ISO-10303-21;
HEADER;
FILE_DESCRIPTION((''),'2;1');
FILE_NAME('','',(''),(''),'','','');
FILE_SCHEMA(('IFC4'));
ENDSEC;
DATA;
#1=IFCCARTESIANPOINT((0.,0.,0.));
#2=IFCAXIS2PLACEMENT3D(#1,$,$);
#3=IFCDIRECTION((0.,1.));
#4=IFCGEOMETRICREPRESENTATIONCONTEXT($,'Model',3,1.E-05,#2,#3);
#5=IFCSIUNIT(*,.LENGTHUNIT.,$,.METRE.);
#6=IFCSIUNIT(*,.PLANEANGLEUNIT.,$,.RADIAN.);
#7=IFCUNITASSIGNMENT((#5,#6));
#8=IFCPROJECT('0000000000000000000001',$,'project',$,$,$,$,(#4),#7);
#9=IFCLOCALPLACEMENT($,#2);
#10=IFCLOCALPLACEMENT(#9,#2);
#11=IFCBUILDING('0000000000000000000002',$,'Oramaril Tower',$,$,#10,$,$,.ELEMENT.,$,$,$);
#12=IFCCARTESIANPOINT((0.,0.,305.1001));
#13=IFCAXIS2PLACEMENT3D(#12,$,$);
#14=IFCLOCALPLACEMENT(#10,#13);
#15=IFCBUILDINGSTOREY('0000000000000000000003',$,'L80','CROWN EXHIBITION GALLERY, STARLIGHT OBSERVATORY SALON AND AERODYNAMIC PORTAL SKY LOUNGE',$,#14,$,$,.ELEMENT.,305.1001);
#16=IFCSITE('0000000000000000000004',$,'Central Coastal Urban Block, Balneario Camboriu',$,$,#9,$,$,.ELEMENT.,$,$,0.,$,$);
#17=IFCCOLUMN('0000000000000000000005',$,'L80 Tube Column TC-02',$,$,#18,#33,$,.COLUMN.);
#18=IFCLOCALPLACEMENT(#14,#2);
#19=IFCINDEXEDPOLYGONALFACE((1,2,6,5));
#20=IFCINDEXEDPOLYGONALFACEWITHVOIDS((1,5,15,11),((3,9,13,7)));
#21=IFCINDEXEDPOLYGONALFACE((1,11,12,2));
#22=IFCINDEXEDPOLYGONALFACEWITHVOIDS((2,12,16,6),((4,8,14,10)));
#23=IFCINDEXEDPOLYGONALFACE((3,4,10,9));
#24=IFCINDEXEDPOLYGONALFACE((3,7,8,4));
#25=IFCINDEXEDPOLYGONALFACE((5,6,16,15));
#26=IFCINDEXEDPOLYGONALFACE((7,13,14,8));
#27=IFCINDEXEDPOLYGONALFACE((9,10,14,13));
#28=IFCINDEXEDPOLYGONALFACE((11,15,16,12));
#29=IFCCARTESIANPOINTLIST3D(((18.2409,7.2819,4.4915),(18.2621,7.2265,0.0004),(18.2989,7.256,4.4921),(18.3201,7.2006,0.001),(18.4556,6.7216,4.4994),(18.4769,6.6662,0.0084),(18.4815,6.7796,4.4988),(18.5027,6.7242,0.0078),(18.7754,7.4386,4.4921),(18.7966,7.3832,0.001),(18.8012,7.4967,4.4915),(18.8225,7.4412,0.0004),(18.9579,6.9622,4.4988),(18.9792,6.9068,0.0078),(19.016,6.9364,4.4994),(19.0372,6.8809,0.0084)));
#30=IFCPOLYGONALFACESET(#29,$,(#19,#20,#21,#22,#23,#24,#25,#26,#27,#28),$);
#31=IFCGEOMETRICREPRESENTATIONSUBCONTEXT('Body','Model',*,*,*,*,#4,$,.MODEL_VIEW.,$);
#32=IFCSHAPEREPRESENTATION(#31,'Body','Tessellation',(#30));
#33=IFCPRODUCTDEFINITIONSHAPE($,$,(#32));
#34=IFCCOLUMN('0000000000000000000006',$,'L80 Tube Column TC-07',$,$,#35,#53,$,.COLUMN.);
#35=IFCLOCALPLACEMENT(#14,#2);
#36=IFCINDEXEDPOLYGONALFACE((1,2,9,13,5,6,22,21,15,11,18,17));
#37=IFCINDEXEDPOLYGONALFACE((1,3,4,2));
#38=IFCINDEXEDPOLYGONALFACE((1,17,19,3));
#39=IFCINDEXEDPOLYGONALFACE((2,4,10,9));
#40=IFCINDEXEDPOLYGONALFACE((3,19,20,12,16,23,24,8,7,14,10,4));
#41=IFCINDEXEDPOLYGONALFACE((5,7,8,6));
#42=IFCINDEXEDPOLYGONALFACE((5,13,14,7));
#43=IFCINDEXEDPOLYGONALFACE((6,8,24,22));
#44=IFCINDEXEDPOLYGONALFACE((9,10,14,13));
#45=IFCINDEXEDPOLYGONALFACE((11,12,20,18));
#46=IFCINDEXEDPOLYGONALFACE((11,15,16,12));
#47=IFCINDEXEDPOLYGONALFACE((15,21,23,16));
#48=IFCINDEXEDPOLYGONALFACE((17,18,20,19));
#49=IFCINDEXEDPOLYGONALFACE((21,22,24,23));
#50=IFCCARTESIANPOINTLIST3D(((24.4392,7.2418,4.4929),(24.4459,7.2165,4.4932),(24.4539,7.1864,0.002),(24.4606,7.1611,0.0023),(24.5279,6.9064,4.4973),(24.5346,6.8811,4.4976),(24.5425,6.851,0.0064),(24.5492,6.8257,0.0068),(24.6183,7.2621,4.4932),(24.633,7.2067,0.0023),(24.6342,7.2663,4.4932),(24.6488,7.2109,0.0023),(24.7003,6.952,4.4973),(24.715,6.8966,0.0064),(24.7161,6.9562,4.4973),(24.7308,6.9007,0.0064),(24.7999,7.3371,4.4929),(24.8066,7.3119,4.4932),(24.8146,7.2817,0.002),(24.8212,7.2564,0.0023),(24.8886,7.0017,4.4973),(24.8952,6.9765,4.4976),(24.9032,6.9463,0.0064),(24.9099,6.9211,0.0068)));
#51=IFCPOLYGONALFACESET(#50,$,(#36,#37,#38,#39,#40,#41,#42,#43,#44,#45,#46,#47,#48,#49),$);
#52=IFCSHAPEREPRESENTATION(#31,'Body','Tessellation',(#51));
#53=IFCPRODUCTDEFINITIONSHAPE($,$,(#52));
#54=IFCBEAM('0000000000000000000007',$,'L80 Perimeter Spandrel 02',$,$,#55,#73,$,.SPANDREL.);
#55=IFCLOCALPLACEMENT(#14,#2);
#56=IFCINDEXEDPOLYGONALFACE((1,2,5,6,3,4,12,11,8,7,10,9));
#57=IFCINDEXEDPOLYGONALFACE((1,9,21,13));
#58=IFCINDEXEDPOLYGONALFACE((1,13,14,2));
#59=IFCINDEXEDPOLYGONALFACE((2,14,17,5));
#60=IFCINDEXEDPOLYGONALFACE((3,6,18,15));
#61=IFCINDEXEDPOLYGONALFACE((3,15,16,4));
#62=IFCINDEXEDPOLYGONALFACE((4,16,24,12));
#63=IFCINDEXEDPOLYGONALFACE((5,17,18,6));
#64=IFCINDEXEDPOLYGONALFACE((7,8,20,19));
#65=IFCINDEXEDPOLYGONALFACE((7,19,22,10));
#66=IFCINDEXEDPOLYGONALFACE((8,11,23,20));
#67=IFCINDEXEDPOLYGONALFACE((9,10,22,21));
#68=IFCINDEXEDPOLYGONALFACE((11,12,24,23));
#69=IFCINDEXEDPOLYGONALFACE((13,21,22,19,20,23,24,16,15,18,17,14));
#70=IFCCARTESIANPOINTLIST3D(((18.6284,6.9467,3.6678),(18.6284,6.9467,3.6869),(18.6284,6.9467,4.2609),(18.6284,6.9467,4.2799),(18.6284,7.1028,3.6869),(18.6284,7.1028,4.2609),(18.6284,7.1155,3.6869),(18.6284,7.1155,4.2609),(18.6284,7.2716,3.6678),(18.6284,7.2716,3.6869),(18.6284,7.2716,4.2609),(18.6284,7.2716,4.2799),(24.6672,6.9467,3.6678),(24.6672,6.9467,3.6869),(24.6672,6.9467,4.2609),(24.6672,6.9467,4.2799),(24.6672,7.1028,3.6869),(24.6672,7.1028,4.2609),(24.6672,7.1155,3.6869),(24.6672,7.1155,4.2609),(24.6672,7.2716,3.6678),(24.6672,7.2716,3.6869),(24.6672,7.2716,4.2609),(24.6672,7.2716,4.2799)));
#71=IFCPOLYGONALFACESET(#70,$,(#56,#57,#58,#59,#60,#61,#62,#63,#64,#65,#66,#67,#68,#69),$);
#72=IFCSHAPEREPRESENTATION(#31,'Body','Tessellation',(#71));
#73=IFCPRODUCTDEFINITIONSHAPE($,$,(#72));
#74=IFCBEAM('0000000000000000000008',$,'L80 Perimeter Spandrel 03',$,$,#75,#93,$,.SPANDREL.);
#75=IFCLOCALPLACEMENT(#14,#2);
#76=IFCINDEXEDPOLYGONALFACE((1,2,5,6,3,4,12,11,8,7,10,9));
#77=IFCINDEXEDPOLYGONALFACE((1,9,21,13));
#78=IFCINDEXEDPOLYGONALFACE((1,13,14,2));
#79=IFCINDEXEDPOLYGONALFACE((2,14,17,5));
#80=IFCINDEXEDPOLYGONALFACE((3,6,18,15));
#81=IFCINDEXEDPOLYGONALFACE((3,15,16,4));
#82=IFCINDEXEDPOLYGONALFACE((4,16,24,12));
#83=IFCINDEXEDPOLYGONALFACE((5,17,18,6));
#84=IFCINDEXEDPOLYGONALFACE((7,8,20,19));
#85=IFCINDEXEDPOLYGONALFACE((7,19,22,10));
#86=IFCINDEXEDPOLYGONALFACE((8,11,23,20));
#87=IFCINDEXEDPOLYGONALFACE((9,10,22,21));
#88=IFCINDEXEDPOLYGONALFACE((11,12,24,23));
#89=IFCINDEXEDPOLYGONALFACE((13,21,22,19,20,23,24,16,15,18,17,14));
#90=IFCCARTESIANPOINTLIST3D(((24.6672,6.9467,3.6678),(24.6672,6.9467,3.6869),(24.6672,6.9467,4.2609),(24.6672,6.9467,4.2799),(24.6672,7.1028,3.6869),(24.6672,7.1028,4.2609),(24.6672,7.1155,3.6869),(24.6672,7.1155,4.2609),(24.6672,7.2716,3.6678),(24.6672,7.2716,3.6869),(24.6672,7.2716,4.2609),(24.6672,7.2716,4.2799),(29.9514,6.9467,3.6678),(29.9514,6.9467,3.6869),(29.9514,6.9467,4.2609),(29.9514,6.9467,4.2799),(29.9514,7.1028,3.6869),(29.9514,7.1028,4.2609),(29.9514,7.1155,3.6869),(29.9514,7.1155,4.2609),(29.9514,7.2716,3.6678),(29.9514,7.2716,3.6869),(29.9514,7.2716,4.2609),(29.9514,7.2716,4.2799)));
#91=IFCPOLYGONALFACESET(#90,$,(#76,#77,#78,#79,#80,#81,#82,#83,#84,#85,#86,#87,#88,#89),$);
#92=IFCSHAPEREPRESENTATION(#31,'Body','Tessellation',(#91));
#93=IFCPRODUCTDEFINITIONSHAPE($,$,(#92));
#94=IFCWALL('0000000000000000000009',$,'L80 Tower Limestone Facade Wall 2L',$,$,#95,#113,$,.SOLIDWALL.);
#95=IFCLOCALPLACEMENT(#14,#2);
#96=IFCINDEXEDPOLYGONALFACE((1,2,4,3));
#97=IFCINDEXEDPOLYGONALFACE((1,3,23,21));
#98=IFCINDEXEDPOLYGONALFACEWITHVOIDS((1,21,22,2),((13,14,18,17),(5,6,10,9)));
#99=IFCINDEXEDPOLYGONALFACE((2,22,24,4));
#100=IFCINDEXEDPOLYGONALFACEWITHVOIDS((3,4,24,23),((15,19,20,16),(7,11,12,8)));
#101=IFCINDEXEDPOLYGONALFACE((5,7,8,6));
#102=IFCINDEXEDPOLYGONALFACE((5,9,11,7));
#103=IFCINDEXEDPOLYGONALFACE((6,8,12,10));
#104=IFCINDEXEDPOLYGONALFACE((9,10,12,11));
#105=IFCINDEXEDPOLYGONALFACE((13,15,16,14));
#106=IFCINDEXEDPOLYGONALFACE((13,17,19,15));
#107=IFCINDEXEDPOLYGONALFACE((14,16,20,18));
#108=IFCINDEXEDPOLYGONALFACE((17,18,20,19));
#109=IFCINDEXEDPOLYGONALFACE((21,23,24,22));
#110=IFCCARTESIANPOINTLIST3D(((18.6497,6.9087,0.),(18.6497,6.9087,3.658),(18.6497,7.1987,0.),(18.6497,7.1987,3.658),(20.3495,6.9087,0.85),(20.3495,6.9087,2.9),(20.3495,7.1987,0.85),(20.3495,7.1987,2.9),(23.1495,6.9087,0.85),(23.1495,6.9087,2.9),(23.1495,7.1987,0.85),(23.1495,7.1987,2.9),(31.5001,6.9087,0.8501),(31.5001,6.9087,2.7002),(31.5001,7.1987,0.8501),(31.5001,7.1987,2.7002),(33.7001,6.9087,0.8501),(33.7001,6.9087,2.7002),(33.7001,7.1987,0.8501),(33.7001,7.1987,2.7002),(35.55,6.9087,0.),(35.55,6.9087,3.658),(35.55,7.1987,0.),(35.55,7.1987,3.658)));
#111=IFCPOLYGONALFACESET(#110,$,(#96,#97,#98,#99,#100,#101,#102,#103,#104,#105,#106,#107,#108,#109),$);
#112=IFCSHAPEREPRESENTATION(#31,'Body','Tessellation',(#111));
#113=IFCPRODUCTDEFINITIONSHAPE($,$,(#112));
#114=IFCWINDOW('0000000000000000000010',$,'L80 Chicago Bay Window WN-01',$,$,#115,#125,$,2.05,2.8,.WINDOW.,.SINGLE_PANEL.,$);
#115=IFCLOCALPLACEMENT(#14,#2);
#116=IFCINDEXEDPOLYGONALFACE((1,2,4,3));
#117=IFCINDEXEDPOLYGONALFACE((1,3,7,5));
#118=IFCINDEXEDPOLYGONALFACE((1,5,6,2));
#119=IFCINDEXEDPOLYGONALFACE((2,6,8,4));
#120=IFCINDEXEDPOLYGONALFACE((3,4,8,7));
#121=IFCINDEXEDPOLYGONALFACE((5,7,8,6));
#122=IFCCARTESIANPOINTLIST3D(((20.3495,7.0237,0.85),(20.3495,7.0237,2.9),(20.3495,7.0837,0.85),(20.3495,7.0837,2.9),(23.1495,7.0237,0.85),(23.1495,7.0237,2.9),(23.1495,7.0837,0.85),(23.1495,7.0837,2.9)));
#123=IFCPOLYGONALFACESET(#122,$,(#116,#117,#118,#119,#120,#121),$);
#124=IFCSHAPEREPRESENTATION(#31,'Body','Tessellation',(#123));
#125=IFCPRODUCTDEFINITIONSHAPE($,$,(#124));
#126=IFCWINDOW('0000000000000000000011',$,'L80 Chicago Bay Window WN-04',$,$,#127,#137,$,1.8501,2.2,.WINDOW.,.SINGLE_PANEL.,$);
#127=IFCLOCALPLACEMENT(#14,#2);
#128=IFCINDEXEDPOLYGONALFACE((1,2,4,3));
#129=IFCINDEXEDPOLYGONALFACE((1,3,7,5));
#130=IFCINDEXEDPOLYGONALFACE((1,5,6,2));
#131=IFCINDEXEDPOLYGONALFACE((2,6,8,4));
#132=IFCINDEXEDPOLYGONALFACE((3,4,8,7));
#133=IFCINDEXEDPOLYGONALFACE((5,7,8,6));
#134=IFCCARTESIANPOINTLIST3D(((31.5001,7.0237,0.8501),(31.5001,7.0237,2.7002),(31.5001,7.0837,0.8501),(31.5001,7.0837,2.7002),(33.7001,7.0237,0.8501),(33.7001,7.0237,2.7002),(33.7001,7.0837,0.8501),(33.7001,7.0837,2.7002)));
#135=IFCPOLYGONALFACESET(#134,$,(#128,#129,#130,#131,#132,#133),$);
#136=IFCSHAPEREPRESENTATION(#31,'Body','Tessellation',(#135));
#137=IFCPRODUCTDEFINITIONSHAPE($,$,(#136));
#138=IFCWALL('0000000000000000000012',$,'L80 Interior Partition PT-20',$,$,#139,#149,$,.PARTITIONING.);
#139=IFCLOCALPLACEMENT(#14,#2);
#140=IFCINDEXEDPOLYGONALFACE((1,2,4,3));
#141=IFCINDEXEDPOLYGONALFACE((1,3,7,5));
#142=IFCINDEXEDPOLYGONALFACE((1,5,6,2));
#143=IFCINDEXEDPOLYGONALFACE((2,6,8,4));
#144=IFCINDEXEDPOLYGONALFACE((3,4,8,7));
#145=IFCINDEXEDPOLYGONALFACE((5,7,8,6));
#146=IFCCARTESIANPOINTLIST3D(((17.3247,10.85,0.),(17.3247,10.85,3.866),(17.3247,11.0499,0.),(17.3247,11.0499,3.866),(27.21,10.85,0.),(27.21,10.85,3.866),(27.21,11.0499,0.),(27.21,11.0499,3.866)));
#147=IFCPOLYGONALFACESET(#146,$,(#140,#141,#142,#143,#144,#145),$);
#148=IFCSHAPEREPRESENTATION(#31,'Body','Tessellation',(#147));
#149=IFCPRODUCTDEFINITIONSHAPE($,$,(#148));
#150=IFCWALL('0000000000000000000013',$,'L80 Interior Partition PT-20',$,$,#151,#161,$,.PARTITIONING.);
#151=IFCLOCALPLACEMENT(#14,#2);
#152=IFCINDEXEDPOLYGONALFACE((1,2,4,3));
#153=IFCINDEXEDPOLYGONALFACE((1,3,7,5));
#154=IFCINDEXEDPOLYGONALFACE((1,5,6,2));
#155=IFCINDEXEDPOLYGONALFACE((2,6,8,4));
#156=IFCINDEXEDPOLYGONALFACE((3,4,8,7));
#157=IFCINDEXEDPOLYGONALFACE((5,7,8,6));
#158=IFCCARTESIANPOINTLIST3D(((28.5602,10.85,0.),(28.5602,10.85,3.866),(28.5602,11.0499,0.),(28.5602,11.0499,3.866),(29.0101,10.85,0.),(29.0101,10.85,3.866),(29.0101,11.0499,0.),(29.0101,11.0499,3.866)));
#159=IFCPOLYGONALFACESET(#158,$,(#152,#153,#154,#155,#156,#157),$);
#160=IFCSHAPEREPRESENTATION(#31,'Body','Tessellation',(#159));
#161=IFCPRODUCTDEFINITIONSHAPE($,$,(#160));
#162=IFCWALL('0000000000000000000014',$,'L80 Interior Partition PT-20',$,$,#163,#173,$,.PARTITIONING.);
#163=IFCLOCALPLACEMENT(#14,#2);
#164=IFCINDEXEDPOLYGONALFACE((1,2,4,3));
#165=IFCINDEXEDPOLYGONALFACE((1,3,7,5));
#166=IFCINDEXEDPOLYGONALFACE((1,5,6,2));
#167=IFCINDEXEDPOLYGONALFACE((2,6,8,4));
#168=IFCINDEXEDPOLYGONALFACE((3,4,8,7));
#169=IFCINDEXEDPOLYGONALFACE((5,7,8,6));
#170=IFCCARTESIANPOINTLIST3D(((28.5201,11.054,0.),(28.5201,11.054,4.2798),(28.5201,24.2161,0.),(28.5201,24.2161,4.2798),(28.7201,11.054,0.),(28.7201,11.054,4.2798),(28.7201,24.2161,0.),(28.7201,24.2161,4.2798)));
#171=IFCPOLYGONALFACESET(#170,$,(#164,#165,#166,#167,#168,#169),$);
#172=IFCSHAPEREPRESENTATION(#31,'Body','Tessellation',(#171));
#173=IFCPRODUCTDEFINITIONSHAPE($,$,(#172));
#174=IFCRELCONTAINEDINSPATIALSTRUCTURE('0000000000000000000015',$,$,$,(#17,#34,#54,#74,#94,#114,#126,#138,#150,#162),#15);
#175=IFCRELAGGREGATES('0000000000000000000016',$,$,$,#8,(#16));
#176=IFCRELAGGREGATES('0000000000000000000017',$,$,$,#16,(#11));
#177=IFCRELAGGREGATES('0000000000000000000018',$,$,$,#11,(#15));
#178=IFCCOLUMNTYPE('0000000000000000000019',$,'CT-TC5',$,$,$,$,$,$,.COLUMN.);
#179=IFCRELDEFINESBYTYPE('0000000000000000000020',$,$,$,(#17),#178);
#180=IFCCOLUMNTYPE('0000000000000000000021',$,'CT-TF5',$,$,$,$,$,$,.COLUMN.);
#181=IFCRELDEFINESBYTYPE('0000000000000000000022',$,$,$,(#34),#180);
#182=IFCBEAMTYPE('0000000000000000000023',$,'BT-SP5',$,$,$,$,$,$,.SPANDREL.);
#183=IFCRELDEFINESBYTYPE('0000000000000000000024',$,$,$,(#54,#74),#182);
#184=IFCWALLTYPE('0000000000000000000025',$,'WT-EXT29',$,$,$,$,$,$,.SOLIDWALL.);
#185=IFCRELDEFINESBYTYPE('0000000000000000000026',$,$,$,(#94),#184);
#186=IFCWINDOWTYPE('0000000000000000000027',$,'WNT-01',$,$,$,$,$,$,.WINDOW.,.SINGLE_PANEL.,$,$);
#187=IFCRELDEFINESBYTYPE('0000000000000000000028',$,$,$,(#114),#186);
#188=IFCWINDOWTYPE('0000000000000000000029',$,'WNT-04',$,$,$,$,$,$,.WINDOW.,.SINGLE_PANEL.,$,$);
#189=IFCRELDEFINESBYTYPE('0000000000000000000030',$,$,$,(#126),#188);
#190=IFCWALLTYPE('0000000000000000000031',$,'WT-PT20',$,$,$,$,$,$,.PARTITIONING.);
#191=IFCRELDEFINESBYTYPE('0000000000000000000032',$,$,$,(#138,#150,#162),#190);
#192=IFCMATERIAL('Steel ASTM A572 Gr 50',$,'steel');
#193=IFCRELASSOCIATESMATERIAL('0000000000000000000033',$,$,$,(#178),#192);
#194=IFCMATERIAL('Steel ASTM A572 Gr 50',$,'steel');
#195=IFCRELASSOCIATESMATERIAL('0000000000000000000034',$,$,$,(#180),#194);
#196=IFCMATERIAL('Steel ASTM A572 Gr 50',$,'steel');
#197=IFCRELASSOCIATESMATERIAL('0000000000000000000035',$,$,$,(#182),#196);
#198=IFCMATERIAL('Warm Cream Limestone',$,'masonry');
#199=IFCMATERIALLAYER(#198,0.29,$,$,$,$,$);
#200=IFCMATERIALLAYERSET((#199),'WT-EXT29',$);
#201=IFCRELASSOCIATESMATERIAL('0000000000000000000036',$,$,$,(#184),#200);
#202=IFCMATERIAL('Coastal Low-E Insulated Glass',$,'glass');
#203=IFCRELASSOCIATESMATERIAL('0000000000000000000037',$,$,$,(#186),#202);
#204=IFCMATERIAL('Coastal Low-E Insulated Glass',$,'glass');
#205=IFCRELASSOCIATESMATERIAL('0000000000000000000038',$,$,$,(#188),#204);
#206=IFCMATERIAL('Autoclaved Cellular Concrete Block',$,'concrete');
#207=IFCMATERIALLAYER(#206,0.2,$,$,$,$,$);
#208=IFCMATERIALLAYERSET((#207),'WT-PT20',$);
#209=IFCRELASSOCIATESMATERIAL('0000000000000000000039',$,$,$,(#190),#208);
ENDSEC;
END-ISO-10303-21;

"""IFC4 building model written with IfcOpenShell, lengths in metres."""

from ifc_helpers import new_model, si_unit, direction, frame, frame_2d, origin, origin_2d, place, context, subcontext, project, spatial, rectangle, hollow_rectangle, i_section, extrude, material, layer, layer_set, material_profile, profile_set, type_object, element, fill, save


model = new_model("IFC4")

# Units and contexts
model_context = context("Model", 3, precision=1e-05, world=origin(), true_north=direction((0.0, 1.0)))
body_context = subcontext(model_context, "Body", "Model", "MODEL_VIEW")
ifc_project = project(units=[si_unit("LENGTHUNIT", "METRE"), si_unit("PLANEANGLEUNIT", "RADIAN")], contexts=[model_context])

# Site, building, storey
site_placement = place(None, origin())
site = spatial("IfcSite", under=ifc_project, at=site_placement, Name="Central Coastal Urban Block, Balneario Camboriu", CompositionType="ELEMENT", RefElevation=0.0)
building_placement = place(site_placement, origin())
building = spatial("IfcBuilding", under=site, at=building_placement, Name="Oramaril Tower", CompositionType="ELEMENT")
storey_placement = place(building_placement, frame((0.0, 0.0, 305.1001)))
storey = spatial("IfcBuildingStorey", under=building, at=storey_placement, Name="L80", Description="CROWN EXHIBITION GALLERY, STARLIGHT OBSERVATORY SALON AND AERODYNAMIC PORTAL SKY LOUNGE", CompositionType="ELEMENT", Elevation=305.1001)

# Columns
ifc_material_1 = material(Name="Steel ASTM A572 Gr 50", Category="steel")
ifc_material_profile_1 = material_profile(ifc_material_1, hollow_rectangle(XDim=0.6001, YDim=0.6001, WallThickness=0.0449, at=origin_2d()), Name="BOX600X600X45")
ifc_profile_set_1 = profile_set([ifc_material_profile_1], Name="Steel ASTM A572 Gr 50")
column_type_1 = type_object("IfcColumnType", Name="CT-TC5", PredefinedType="COLUMN", material=ifc_profile_set_1)
column_1_placement = place(storey_placement, frame((18.6497, 7.0537, 0.0044), z_axis=(-0.004729, 0.012339, 0.999913), x_axis=(-0.933769, -0.357876, 0.0)))
element("IfcColumn", 1, at=column_1_placement, inside=storey, type_object=column_type_1, Name="L80 Tube Column TC-02", PredefinedType="COLUMN", context=body_context, shape_type="SweptSolid", body=[
    extrude(hollow_rectangle(XDim=0.6001, YDim=0.6001, WallThickness=0.0449, at=origin_2d()), origin(), (0.0, 0.0, 1.0), 4.4915),
])
ifc_material_2 = material(Name="Steel ASTM A572 Gr 50", Category="steel")
ifc_material_profile_2 = material_profile(ifc_material_2, i_section(OverallWidth=0.373, OverallDepth=0.373, WebThickness=0.0164, FlangeThickness=0.0261, at=origin_2d()), Name="W14X132")
ifc_profile_set_2 = profile_set([ifc_material_profile_2], Name="Steel ASTM A572 Gr 50")
column_type_2 = type_object("IfcColumnType", Name="CT-TF5", PredefinedType="COLUMN", material=ifc_profile_set_2)
column_2_placement = place(storey_placement, frame((24.6819, 7.0537, 0.0044), z_axis=(-0.003261, 0.012339, 0.999919), x_axis=(-0.966798, -0.255541, 0.0)))
element("IfcColumn", 2, at=column_2_placement, inside=storey, type_object=column_type_2, Name="L80 Tube Column TC-07", PredefinedType="COLUMN", context=body_context, shape_type="SweptSolid", body=[
    extrude(i_section(OverallWidth=0.373, OverallDepth=0.373, WebThickness=0.0164, FlangeThickness=0.0261, at=origin_2d()), origin(), (0.0, 0.0, 1.0), 4.4912),
])

# Beams
ifc_material_3 = material(Name="Steel ASTM A572 Gr 50", Category="steel")
ifc_material_profile_3 = material_profile(ifc_material_3, i_section(OverallWidth=0.325, OverallDepth=0.6121, WebThickness=0.0127, FlangeThickness=0.019, at=origin_2d()), Name="W24X104")
ifc_profile_set_3 = profile_set([ifc_material_profile_3], Name="Steel ASTM A572 Gr 50")
beam_type = type_object("IfcBeamType", Name="BT-SP5", PredefinedType="SPANDREL", material=ifc_profile_set_3)
beam_1_placement = place(storey_placement, frame((18.6284, 7.1091, 3.9739), z_axis=(1.0, 0.0, 0.0), x_axis=(0.0, 1.0, 0.0)))
element("IfcBeam", 3, at=beam_1_placement, inside=storey, type_object=beam_type, Name="L80 Perimeter Spandrel 02", PredefinedType="SPANDREL", context=body_context, shape_type="SweptSolid", body=[
    extrude(i_section(OverallWidth=0.325, OverallDepth=0.6121, WebThickness=0.0127, FlangeThickness=0.019, at=origin_2d()), origin(), (0.0, 0.0, 1.0), 6.0388),
])
beam_2_placement = place(storey_placement, frame((24.6672, 7.1091, 3.9739), z_axis=(1.0, 0.0, 0.0), x_axis=(0.0, 1.0, 0.0)))
element("IfcBeam", 4, at=beam_2_placement, inside=storey, type_object=beam_type, Name="L80 Perimeter Spandrel 03", PredefinedType="SPANDREL", context=body_context, shape_type="SweptSolid", body=[
    extrude(i_section(OverallWidth=0.325, OverallDepth=0.6121, WebThickness=0.0127, FlangeThickness=0.019, at=origin_2d()), origin(), (0.0, 0.0, 1.0), 5.2842),
])

# Wall, openings, windows
ifc_material_4 = material(Name="Warm Cream Limestone", Category="masonry")
ifc_layer_1 = layer(ifc_material_4, 0.29)
ifc_layer_set_1 = layer_set([ifc_layer_1], Name="WT-EXT29")
wall_type_1 = type_object("IfcWallType", Name="WT-EXT29", PredefinedType="SOLIDWALL", material=ifc_layer_set_1)
wall_1_placement = place(storey_placement, frame((18.6497, 7.0537, 0.0), z_axis=(0.0, 0.0, 1.0), x_axis=(1.0, 0.0, 0.0)))
wall_1 = element("IfcWall", 5, at=wall_1_placement, inside=storey, type_object=wall_type_1, Name="L80 Tower Limestone Facade Wall 2L", PredefinedType="SOLIDWALL", context=body_context, shape_type="SweptSolid", body=[
    extrude(rectangle(XDim=16.9004, YDim=0.29, at=frame_2d((8.4502, 0.0))), origin(), (0.0, 0.0, 1.0), 3.658),
])
opening_1_placement = place(wall_1_placement, frame((1.7, 0.0, 0.8501)))
opening_1 = element("IfcOpeningElement", 6, at=opening_1_placement, cuts=wall_1, PredefinedType="OPENING", context=body_context, shape_type="SweptSolid", body=[
    extrude(rectangle(XDim=2.8, YDim=2.05, at=frame_2d((1.3999, 1.0249))), frame((0.0, 0.145, 0.0), z_axis=(0.0, -1.0, 0.0), x_axis=(1.0, 0.0, 0.0)), (0.0, 0.0, 1.0), 0.29),
])
opening_2_placement = place(wall_1_placement, frame((12.8503, 0.0, 0.8501)))
opening_2 = element("IfcOpeningElement", 7, at=opening_2_placement, cuts=wall_1, PredefinedType="OPENING", context=body_context, shape_type="SweptSolid", body=[
    extrude(rectangle(XDim=2.2, YDim=1.8501, at=frame_2d((1.1001, 0.925))), frame((0.0, 0.145, 0.0), z_axis=(0.0, -1.0, 0.0), x_axis=(1.0, 0.0, 0.0)), (0.0, 0.0, 1.0), 0.29),
])
ifc_material_5 = material(Name="Coastal Low-E Insulated Glass", Category="glass")
window_type_1 = type_object("IfcWindowType", Name="WNT-01", PartitioningType="SINGLE_PANEL", PredefinedType="WINDOW", material=ifc_material_5)
window_1_placement = place(opening_1_placement, origin())
window_1 = element("IfcWindow", 8, at=window_1_placement, inside=storey, type_object=window_type_1, Name="L80 Chicago Bay Window WN-01", OverallHeight=2.05, OverallWidth=2.8, PartitioningType="SINGLE_PANEL", PredefinedType="WINDOW", context=body_context, shape_type="SweptSolid", body=[
    extrude(rectangle(XDim=2.8, YDim=2.05, at=frame_2d((1.3999, 1.0249))), frame((0.0, 0.03, 0.0), z_axis=(0.0, -1.0, 0.0), x_axis=(1.0, 0.0, 0.0)), (0.0, 0.0, 1.0), 0.0601),
])
fill(opening_1, window_1)
ifc_material_6 = material(Name="Coastal Low-E Insulated Glass", Category="glass")
window_type_2 = type_object("IfcWindowType", Name="WNT-04", PartitioningType="SINGLE_PANEL", PredefinedType="WINDOW", material=ifc_material_6)
window_2_placement = place(opening_2_placement, origin())
window_2 = element("IfcWindow", 9, at=window_2_placement, inside=storey, type_object=window_type_2, Name="L80 Chicago Bay Window WN-04", OverallHeight=1.8501, OverallWidth=2.2, PartitioningType="SINGLE_PANEL", PredefinedType="WINDOW", context=body_context, shape_type="SweptSolid", body=[
    extrude(rectangle(XDim=2.2, YDim=1.8501, at=frame_2d((1.1001, 0.925))), frame((0.0, 0.03, 0.0), z_axis=(0.0, -1.0, 0.0), x_axis=(1.0, 0.0, 0.0)), (0.0, 0.0, 1.0), 0.0601),
])
fill(opening_2, window_2)

# Shared definitions
ifc_material_7 = material(Name="Autoclaved Cellular Concrete Block", Category="concrete")
ifc_layer_2 = layer(ifc_material_7, 0.2)
ifc_layer_set_2 = layer_set([ifc_layer_2], Name="WT-PT20")
wall_type_2 = type_object("IfcWallType", Name="WT-PT20", PredefinedType="PARTITIONING", material=ifc_layer_set_2)

# Walls
wall_2_placement = place(storey_placement, frame((17.3247, 10.95, 0.0), z_axis=(0.0, 0.0, 1.0), x_axis=(1.0, 0.0, 0.0)))
element("IfcWall", 10, at=wall_2_placement, inside=storey, type_object=wall_type_2, Name="L80 Interior Partition PT-20", PredefinedType="PARTITIONING", context=body_context, shape_type="SweptSolid", body=[
    extrude(rectangle(XDim=9.8853, YDim=0.2, at=frame_2d((4.9426, 0.0))), origin(), (0.0, 0.0, 1.0), 3.866),
])
wall_3_placement = place(storey_placement, frame((28.5601, 10.95, 0.0), z_axis=(0.0, 0.0, 1.0), x_axis=(1.0, 0.0, 0.0)))
element("IfcWall", 11, at=wall_3_placement, inside=storey, type_object=wall_type_2, Name="L80 Interior Partition PT-20", PredefinedType="PARTITIONING", context=body_context, shape_type="SweptSolid", body=[
    extrude(rectangle(XDim=0.45, YDim=0.2, at=frame_2d((0.2251, 0.0))), origin(), (0.0, 0.0, 1.0), 3.866),
])

# Wall
wall_4_placement = place(storey_placement, frame((28.6201, 11.054, 0.0), z_axis=(0.0, 0.0, 1.0), x_axis=(0.0, 1.0, 0.0)))
element("IfcWall", 12, at=wall_4_placement, inside=storey, type_object=wall_type_2, Name="L80 Interior Partition PT-20", PredefinedType="PARTITIONING", context=body_context, shape_type="SweptSolid", body=[
    extrude(rectangle(XDim=13.1621, YDim=0.2, at=frame_2d((6.5811, 0.0))), origin(), (0.0, 0.0, 1.0), 4.2798),
])

save(model, "model.ifc")
